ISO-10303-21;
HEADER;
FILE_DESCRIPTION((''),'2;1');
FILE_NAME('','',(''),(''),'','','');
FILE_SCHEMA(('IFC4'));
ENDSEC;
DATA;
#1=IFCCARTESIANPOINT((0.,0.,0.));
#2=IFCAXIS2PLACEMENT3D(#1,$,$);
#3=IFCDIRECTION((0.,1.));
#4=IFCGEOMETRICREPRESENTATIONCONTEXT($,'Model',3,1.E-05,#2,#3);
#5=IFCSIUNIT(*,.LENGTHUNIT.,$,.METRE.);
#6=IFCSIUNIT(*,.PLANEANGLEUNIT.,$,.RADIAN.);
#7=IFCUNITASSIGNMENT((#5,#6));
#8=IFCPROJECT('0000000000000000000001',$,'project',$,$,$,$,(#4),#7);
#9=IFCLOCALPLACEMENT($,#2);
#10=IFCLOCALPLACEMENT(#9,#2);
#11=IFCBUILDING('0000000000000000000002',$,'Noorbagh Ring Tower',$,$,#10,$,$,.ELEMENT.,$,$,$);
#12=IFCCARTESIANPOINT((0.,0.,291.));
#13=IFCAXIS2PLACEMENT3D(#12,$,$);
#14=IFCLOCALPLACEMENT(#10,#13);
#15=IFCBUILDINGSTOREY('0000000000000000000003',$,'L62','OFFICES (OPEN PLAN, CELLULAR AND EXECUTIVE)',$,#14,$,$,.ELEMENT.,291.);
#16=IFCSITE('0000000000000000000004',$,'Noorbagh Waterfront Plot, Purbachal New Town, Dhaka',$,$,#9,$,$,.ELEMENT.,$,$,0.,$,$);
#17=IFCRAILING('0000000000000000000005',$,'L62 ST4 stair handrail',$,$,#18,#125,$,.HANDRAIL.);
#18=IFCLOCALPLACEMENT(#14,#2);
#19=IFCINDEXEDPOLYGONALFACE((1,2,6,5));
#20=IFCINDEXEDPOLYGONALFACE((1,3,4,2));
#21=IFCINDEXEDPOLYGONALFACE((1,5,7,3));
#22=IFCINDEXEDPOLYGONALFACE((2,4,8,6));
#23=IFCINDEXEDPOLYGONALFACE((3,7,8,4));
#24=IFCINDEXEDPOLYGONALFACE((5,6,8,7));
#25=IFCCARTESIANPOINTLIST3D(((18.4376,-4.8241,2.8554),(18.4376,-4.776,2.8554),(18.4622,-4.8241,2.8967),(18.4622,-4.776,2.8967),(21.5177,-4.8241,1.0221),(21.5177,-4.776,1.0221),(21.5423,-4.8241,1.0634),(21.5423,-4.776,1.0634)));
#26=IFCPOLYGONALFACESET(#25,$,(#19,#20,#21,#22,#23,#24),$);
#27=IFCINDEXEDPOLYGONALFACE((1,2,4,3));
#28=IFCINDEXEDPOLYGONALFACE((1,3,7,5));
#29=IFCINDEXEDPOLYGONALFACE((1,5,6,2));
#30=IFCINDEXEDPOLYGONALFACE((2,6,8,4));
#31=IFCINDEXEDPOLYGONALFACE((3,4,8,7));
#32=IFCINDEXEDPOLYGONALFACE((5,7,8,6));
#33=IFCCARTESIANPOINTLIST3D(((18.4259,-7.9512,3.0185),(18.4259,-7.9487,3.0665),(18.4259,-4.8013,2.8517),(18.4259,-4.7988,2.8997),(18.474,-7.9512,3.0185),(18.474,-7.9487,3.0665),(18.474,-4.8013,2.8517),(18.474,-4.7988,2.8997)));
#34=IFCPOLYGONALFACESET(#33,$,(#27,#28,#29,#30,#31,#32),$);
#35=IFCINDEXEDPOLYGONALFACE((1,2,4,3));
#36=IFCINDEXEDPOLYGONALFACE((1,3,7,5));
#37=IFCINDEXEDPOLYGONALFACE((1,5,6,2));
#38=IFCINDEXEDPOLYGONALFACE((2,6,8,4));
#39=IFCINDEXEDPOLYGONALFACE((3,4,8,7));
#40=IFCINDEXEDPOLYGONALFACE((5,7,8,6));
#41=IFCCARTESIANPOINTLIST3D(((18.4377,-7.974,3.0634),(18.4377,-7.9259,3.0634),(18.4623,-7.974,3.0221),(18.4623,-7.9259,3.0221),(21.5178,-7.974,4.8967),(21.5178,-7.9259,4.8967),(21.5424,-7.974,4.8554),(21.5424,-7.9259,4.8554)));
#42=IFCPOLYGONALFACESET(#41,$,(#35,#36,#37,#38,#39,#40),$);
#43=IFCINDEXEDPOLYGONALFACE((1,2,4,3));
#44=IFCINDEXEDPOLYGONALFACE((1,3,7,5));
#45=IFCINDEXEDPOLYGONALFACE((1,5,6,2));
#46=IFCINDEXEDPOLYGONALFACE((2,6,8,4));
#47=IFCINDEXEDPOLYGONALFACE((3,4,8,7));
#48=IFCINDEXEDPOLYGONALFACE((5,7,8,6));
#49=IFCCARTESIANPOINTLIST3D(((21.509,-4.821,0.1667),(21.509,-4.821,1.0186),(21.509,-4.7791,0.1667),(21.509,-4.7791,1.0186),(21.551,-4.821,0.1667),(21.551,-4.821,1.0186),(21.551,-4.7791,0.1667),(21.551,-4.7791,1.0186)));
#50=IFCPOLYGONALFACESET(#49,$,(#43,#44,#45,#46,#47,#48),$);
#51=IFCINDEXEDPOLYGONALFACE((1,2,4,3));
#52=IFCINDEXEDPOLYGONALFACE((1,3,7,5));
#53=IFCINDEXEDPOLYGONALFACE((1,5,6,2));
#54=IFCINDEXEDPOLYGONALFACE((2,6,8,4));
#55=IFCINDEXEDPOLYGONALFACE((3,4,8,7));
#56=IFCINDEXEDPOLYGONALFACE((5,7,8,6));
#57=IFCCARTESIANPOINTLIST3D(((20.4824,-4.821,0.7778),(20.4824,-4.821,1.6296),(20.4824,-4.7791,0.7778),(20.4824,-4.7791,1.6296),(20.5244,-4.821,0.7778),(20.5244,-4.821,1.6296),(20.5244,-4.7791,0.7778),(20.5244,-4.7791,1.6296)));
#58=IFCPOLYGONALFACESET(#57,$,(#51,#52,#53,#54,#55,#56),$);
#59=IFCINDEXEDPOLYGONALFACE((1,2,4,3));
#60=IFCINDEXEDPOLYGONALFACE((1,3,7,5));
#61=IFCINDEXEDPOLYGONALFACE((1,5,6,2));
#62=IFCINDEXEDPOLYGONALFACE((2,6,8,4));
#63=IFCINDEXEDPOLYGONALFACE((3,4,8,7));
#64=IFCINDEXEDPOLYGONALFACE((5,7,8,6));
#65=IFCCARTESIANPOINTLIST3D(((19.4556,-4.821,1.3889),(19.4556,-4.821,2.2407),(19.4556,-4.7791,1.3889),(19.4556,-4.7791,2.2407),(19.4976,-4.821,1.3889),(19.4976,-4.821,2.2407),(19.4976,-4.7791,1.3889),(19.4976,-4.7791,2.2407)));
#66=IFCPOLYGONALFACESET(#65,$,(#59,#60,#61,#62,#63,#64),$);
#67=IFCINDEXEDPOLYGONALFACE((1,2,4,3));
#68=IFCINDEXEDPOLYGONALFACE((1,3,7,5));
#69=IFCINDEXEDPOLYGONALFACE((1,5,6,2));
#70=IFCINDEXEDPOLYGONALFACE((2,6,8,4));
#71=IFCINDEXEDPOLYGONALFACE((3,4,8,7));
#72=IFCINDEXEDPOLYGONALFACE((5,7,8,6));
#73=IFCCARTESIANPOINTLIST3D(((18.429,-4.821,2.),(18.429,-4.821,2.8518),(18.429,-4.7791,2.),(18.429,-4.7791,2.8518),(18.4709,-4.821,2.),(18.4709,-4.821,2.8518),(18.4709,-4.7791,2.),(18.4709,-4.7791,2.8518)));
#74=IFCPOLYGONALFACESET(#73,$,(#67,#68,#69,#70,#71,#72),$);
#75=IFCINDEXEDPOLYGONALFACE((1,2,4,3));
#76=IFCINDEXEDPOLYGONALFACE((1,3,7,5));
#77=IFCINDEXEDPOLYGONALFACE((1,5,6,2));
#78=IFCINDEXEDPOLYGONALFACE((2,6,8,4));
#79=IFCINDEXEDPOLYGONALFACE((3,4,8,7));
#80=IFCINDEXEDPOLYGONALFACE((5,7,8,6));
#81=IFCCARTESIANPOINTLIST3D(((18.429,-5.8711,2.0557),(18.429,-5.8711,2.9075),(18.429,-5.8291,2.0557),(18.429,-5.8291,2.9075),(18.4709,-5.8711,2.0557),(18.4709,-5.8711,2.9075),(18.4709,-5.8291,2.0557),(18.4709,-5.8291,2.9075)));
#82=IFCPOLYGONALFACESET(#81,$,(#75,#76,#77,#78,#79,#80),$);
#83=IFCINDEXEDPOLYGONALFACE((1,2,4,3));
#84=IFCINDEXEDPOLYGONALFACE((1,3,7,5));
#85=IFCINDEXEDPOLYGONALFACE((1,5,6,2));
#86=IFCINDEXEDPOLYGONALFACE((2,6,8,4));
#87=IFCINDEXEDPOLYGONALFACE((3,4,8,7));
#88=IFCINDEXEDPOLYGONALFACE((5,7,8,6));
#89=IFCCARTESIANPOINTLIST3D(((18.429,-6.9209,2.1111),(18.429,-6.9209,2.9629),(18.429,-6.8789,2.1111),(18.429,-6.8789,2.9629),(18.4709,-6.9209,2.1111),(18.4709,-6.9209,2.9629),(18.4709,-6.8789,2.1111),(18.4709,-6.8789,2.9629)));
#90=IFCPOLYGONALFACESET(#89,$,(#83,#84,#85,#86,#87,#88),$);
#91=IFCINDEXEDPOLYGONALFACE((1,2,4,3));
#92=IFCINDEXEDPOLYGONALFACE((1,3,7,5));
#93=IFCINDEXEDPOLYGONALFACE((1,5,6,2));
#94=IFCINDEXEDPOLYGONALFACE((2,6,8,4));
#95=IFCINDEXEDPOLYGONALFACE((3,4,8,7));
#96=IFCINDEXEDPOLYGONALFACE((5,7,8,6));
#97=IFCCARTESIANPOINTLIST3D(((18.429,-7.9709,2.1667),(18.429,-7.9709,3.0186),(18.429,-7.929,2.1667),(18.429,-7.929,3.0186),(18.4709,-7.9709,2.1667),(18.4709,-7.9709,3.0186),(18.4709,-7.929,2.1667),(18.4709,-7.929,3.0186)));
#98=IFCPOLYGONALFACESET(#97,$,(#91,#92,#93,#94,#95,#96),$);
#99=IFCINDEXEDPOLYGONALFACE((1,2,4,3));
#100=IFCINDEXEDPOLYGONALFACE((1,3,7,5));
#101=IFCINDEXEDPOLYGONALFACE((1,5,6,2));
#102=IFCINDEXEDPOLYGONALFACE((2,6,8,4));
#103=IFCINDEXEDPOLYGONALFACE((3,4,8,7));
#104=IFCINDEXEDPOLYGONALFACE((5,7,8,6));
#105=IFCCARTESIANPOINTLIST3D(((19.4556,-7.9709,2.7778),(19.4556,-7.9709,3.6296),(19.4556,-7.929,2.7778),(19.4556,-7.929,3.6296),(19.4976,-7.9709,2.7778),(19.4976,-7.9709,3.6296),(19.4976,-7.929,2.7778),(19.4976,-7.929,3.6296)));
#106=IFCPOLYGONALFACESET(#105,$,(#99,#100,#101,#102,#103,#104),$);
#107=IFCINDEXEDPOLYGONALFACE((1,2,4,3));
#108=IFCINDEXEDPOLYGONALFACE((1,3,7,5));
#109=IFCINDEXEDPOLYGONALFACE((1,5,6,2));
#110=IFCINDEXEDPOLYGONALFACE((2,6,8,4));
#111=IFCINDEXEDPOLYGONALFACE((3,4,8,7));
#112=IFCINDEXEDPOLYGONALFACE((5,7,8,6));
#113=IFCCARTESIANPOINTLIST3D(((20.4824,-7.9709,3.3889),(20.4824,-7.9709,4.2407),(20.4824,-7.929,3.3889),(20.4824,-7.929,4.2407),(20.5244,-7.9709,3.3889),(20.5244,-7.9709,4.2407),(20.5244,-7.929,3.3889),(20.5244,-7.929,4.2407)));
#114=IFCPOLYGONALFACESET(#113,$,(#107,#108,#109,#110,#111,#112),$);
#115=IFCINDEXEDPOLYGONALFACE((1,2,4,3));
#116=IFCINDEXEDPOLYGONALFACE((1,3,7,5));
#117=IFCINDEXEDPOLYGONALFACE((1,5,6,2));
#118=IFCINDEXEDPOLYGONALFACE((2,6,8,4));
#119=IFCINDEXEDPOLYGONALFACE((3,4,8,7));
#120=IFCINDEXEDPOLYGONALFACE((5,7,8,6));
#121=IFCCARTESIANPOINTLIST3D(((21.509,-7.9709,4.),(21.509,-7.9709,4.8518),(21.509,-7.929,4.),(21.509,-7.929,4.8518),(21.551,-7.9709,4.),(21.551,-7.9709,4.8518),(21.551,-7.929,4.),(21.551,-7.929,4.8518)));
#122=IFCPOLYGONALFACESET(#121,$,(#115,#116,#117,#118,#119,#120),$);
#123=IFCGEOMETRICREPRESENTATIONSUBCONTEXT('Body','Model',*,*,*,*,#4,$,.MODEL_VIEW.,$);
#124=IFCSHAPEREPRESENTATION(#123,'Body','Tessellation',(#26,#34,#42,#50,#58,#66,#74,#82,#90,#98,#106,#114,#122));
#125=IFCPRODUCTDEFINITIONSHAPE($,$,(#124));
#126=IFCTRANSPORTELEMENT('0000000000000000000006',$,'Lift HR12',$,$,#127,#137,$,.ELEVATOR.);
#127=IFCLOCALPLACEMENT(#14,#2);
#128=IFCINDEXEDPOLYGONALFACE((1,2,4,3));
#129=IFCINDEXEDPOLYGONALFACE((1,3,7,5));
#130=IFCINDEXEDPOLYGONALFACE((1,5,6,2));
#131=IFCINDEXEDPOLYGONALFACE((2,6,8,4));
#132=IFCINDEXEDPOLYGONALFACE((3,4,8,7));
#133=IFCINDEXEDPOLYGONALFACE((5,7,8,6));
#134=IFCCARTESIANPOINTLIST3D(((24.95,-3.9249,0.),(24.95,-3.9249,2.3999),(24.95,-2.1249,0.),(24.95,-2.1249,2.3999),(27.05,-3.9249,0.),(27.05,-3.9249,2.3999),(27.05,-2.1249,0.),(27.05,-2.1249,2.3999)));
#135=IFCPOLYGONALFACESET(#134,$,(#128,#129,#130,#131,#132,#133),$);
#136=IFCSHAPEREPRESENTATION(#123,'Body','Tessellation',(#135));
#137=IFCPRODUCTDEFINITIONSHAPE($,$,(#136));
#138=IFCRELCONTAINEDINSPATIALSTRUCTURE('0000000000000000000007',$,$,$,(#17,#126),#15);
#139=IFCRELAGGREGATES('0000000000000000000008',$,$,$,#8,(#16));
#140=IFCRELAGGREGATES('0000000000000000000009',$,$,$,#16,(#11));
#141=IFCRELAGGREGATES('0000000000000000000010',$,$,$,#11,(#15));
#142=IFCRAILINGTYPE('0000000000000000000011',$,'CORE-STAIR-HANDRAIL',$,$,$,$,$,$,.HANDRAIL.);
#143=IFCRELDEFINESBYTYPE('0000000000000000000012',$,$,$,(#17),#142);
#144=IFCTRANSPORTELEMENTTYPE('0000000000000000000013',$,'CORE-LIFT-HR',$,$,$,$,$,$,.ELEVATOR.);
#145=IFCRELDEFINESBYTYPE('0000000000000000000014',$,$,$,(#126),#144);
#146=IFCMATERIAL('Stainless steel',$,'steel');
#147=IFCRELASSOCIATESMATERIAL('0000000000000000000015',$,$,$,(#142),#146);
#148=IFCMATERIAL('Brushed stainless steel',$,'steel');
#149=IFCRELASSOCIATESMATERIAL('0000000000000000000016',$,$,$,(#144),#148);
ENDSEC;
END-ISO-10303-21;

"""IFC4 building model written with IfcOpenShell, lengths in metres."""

from ifc_helpers import new_model, si_unit, direction, frame, origin, origin_2d, place, context, subcontext, project, spatial, rectangle, extrude, material, type_object, element, save


model = new_model("IFC4")

# Units and contexts
model_context = context("Model", 3, precision=1e-05, world=origin(), true_north=direction((0.0, 1.0)))
body_context = subcontext(model_context, "Body", "Model", "MODEL_VIEW")
ifc_project = project(units=[si_unit("LENGTHUNIT", "METRE"), si_unit("PLANEANGLEUNIT", "RADIAN")], contexts=[model_context])

# Site, building, storey
site_placement = place(None, origin())
site = spatial("IfcSite", under=ifc_project, at=site_placement, Name="Noorbagh Waterfront Plot, Purbachal New Town, Dhaka", CompositionType="ELEMENT", RefElevation=0.0)
building_placement = place(site_placement, origin())
building = spatial("IfcBuilding", under=site, at=building_placement, Name="Noorbagh Ring Tower", CompositionType="ELEMENT")
storey_placement = place(building_placement, frame((0.0, 0.0, 291.0)))
storey = spatial("IfcBuildingStorey", under=building, at=storey_placement, Name="L62", Description="OFFICES (OPEN PLAN, CELLULAR AND EXECUTIVE)", CompositionType="ELEMENT", Elevation=291.0)

# Railing
ifc_material_1 = material(Name="Stainless steel", Category="steel")
railing_type_1 = type_object("IfcRailingType", Name="CORE-STAIR-HANDRAIL", PredefinedType="HANDRAIL", material=ifc_material_1)
railing_1_placement = place(storey_placement, frame((21.53, -4.8, 0.1667)))
element("IfcRailing", 1, at=railing_1_placement, inside=storey, type_object=railing_type_1, Name="L62 ST4 stair handrail", PredefinedType="HANDRAIL", context=body_context, shape_type="SweptSolid", body=[
    extrude(rectangle(XDim=0.0481, YDim=0.0481, at=origin_2d()), frame((0.0, 0.0, 0.876), z_axis=(-0.859309, 0.0, 0.511458), x_axis=(0.0, -1.0, 0.0)), (0.0, 0.0, 1.0), 3.5845),
    extrude(rectangle(XDim=0.0481, YDim=0.0481, at=origin_2d()), frame((-3.0801, 0.0, 2.709), z_axis=(0.0, -0.998602, 0.052864), x_axis=(1.0, 0.0, 0.0)), (0.0, 0.0, 1.0), 3.1543),
    extrude(rectangle(XDim=0.0481, YDim=0.0481, at=origin_2d()), frame((-3.0801, -3.1499, 2.876), z_axis=(0.859309, 0.0, 0.511458), x_axis=(0.0, 1.0, 0.0)), (0.0, 0.0, 1.0), 3.5845),
    extrude(rectangle(XDim=0.042, YDim=0.042, at=origin_2d()), origin(), (0.0, 0.0, 1.0), 0.8518),
    extrude(rectangle(XDim=0.042, YDim=0.042, at=origin_2d()), frame((-1.0266, 0.0, 0.6111)), (0.0, 0.0, 1.0), 0.8518),
    extrude(rectangle(XDim=0.042, YDim=0.042, at=origin_2d()), frame((-2.0535, 0.0, 1.2222)), (0.0, 0.0, 1.0), 0.8518),
    extrude(rectangle(XDim=0.042, YDim=0.042, at=origin_2d()), frame((-3.0801, 0.0, 1.8333)), (0.0, 0.0, 1.0), 0.8518),
    extrude(rectangle(XDim=0.042, YDim=0.042, at=origin_2d()), frame((-3.0801, -1.05, 1.8889)), (0.0, 0.0, 1.0), 0.8518),
    extrude(rectangle(XDim=0.042, YDim=0.042, at=origin_2d()), frame((-3.0801, -2.0999, 1.9443)), (0.0, 0.0, 1.0), 0.8518),
    extrude(rectangle(XDim=0.042, YDim=0.042, at=origin_2d()), frame((-3.0801, -3.1499, 2.0)), (0.0, 0.0, 1.0), 0.8518),
    extrude(rectangle(XDim=0.042, YDim=0.042, at=origin_2d()), frame((-2.0535, -3.1499, 2.6111)), (0.0, 0.0, 1.0), 0.8518),
    extrude(rectangle(XDim=0.042, YDim=0.042, at=origin_2d()), frame((-1.0266, -3.1499, 3.2222)), (0.0, 0.0, 1.0), 0.8518),
    extrude(rectangle(XDim=0.042, YDim=0.042, at=origin_2d()), frame((0.0, -3.1499, 3.8333)), (0.0, 0.0, 1.0), 0.8518),
])

# Transport element
ifc_material_2 = material(Name="Brushed stainless steel", Category="steel")
transport_element_type = type_object("IfcTransportElementType", Name="CORE-LIFT-HR", PredefinedType="ELEVATOR", material=ifc_material_2)
transport_element_placement = place(storey_placement, frame((26.0, -3.0249, 0.0), z_axis=(0.0, 0.0, 1.0), x_axis=(1.0, 0.0, 0.0)))
element("IfcTransportElement", 2, at=transport_element_placement, inside=storey, type_object=transport_element_type, Name="Lift HR12", PredefinedType="ELEVATOR", context=body_context, shape_type="SweptSolid", body=[
    extrude(rectangle(XDim=2.1001, YDim=1.8, at=origin_2d()), origin(), (0.0, 0.0, 1.0), 2.3999),
])

save(model, "model.ifc")
